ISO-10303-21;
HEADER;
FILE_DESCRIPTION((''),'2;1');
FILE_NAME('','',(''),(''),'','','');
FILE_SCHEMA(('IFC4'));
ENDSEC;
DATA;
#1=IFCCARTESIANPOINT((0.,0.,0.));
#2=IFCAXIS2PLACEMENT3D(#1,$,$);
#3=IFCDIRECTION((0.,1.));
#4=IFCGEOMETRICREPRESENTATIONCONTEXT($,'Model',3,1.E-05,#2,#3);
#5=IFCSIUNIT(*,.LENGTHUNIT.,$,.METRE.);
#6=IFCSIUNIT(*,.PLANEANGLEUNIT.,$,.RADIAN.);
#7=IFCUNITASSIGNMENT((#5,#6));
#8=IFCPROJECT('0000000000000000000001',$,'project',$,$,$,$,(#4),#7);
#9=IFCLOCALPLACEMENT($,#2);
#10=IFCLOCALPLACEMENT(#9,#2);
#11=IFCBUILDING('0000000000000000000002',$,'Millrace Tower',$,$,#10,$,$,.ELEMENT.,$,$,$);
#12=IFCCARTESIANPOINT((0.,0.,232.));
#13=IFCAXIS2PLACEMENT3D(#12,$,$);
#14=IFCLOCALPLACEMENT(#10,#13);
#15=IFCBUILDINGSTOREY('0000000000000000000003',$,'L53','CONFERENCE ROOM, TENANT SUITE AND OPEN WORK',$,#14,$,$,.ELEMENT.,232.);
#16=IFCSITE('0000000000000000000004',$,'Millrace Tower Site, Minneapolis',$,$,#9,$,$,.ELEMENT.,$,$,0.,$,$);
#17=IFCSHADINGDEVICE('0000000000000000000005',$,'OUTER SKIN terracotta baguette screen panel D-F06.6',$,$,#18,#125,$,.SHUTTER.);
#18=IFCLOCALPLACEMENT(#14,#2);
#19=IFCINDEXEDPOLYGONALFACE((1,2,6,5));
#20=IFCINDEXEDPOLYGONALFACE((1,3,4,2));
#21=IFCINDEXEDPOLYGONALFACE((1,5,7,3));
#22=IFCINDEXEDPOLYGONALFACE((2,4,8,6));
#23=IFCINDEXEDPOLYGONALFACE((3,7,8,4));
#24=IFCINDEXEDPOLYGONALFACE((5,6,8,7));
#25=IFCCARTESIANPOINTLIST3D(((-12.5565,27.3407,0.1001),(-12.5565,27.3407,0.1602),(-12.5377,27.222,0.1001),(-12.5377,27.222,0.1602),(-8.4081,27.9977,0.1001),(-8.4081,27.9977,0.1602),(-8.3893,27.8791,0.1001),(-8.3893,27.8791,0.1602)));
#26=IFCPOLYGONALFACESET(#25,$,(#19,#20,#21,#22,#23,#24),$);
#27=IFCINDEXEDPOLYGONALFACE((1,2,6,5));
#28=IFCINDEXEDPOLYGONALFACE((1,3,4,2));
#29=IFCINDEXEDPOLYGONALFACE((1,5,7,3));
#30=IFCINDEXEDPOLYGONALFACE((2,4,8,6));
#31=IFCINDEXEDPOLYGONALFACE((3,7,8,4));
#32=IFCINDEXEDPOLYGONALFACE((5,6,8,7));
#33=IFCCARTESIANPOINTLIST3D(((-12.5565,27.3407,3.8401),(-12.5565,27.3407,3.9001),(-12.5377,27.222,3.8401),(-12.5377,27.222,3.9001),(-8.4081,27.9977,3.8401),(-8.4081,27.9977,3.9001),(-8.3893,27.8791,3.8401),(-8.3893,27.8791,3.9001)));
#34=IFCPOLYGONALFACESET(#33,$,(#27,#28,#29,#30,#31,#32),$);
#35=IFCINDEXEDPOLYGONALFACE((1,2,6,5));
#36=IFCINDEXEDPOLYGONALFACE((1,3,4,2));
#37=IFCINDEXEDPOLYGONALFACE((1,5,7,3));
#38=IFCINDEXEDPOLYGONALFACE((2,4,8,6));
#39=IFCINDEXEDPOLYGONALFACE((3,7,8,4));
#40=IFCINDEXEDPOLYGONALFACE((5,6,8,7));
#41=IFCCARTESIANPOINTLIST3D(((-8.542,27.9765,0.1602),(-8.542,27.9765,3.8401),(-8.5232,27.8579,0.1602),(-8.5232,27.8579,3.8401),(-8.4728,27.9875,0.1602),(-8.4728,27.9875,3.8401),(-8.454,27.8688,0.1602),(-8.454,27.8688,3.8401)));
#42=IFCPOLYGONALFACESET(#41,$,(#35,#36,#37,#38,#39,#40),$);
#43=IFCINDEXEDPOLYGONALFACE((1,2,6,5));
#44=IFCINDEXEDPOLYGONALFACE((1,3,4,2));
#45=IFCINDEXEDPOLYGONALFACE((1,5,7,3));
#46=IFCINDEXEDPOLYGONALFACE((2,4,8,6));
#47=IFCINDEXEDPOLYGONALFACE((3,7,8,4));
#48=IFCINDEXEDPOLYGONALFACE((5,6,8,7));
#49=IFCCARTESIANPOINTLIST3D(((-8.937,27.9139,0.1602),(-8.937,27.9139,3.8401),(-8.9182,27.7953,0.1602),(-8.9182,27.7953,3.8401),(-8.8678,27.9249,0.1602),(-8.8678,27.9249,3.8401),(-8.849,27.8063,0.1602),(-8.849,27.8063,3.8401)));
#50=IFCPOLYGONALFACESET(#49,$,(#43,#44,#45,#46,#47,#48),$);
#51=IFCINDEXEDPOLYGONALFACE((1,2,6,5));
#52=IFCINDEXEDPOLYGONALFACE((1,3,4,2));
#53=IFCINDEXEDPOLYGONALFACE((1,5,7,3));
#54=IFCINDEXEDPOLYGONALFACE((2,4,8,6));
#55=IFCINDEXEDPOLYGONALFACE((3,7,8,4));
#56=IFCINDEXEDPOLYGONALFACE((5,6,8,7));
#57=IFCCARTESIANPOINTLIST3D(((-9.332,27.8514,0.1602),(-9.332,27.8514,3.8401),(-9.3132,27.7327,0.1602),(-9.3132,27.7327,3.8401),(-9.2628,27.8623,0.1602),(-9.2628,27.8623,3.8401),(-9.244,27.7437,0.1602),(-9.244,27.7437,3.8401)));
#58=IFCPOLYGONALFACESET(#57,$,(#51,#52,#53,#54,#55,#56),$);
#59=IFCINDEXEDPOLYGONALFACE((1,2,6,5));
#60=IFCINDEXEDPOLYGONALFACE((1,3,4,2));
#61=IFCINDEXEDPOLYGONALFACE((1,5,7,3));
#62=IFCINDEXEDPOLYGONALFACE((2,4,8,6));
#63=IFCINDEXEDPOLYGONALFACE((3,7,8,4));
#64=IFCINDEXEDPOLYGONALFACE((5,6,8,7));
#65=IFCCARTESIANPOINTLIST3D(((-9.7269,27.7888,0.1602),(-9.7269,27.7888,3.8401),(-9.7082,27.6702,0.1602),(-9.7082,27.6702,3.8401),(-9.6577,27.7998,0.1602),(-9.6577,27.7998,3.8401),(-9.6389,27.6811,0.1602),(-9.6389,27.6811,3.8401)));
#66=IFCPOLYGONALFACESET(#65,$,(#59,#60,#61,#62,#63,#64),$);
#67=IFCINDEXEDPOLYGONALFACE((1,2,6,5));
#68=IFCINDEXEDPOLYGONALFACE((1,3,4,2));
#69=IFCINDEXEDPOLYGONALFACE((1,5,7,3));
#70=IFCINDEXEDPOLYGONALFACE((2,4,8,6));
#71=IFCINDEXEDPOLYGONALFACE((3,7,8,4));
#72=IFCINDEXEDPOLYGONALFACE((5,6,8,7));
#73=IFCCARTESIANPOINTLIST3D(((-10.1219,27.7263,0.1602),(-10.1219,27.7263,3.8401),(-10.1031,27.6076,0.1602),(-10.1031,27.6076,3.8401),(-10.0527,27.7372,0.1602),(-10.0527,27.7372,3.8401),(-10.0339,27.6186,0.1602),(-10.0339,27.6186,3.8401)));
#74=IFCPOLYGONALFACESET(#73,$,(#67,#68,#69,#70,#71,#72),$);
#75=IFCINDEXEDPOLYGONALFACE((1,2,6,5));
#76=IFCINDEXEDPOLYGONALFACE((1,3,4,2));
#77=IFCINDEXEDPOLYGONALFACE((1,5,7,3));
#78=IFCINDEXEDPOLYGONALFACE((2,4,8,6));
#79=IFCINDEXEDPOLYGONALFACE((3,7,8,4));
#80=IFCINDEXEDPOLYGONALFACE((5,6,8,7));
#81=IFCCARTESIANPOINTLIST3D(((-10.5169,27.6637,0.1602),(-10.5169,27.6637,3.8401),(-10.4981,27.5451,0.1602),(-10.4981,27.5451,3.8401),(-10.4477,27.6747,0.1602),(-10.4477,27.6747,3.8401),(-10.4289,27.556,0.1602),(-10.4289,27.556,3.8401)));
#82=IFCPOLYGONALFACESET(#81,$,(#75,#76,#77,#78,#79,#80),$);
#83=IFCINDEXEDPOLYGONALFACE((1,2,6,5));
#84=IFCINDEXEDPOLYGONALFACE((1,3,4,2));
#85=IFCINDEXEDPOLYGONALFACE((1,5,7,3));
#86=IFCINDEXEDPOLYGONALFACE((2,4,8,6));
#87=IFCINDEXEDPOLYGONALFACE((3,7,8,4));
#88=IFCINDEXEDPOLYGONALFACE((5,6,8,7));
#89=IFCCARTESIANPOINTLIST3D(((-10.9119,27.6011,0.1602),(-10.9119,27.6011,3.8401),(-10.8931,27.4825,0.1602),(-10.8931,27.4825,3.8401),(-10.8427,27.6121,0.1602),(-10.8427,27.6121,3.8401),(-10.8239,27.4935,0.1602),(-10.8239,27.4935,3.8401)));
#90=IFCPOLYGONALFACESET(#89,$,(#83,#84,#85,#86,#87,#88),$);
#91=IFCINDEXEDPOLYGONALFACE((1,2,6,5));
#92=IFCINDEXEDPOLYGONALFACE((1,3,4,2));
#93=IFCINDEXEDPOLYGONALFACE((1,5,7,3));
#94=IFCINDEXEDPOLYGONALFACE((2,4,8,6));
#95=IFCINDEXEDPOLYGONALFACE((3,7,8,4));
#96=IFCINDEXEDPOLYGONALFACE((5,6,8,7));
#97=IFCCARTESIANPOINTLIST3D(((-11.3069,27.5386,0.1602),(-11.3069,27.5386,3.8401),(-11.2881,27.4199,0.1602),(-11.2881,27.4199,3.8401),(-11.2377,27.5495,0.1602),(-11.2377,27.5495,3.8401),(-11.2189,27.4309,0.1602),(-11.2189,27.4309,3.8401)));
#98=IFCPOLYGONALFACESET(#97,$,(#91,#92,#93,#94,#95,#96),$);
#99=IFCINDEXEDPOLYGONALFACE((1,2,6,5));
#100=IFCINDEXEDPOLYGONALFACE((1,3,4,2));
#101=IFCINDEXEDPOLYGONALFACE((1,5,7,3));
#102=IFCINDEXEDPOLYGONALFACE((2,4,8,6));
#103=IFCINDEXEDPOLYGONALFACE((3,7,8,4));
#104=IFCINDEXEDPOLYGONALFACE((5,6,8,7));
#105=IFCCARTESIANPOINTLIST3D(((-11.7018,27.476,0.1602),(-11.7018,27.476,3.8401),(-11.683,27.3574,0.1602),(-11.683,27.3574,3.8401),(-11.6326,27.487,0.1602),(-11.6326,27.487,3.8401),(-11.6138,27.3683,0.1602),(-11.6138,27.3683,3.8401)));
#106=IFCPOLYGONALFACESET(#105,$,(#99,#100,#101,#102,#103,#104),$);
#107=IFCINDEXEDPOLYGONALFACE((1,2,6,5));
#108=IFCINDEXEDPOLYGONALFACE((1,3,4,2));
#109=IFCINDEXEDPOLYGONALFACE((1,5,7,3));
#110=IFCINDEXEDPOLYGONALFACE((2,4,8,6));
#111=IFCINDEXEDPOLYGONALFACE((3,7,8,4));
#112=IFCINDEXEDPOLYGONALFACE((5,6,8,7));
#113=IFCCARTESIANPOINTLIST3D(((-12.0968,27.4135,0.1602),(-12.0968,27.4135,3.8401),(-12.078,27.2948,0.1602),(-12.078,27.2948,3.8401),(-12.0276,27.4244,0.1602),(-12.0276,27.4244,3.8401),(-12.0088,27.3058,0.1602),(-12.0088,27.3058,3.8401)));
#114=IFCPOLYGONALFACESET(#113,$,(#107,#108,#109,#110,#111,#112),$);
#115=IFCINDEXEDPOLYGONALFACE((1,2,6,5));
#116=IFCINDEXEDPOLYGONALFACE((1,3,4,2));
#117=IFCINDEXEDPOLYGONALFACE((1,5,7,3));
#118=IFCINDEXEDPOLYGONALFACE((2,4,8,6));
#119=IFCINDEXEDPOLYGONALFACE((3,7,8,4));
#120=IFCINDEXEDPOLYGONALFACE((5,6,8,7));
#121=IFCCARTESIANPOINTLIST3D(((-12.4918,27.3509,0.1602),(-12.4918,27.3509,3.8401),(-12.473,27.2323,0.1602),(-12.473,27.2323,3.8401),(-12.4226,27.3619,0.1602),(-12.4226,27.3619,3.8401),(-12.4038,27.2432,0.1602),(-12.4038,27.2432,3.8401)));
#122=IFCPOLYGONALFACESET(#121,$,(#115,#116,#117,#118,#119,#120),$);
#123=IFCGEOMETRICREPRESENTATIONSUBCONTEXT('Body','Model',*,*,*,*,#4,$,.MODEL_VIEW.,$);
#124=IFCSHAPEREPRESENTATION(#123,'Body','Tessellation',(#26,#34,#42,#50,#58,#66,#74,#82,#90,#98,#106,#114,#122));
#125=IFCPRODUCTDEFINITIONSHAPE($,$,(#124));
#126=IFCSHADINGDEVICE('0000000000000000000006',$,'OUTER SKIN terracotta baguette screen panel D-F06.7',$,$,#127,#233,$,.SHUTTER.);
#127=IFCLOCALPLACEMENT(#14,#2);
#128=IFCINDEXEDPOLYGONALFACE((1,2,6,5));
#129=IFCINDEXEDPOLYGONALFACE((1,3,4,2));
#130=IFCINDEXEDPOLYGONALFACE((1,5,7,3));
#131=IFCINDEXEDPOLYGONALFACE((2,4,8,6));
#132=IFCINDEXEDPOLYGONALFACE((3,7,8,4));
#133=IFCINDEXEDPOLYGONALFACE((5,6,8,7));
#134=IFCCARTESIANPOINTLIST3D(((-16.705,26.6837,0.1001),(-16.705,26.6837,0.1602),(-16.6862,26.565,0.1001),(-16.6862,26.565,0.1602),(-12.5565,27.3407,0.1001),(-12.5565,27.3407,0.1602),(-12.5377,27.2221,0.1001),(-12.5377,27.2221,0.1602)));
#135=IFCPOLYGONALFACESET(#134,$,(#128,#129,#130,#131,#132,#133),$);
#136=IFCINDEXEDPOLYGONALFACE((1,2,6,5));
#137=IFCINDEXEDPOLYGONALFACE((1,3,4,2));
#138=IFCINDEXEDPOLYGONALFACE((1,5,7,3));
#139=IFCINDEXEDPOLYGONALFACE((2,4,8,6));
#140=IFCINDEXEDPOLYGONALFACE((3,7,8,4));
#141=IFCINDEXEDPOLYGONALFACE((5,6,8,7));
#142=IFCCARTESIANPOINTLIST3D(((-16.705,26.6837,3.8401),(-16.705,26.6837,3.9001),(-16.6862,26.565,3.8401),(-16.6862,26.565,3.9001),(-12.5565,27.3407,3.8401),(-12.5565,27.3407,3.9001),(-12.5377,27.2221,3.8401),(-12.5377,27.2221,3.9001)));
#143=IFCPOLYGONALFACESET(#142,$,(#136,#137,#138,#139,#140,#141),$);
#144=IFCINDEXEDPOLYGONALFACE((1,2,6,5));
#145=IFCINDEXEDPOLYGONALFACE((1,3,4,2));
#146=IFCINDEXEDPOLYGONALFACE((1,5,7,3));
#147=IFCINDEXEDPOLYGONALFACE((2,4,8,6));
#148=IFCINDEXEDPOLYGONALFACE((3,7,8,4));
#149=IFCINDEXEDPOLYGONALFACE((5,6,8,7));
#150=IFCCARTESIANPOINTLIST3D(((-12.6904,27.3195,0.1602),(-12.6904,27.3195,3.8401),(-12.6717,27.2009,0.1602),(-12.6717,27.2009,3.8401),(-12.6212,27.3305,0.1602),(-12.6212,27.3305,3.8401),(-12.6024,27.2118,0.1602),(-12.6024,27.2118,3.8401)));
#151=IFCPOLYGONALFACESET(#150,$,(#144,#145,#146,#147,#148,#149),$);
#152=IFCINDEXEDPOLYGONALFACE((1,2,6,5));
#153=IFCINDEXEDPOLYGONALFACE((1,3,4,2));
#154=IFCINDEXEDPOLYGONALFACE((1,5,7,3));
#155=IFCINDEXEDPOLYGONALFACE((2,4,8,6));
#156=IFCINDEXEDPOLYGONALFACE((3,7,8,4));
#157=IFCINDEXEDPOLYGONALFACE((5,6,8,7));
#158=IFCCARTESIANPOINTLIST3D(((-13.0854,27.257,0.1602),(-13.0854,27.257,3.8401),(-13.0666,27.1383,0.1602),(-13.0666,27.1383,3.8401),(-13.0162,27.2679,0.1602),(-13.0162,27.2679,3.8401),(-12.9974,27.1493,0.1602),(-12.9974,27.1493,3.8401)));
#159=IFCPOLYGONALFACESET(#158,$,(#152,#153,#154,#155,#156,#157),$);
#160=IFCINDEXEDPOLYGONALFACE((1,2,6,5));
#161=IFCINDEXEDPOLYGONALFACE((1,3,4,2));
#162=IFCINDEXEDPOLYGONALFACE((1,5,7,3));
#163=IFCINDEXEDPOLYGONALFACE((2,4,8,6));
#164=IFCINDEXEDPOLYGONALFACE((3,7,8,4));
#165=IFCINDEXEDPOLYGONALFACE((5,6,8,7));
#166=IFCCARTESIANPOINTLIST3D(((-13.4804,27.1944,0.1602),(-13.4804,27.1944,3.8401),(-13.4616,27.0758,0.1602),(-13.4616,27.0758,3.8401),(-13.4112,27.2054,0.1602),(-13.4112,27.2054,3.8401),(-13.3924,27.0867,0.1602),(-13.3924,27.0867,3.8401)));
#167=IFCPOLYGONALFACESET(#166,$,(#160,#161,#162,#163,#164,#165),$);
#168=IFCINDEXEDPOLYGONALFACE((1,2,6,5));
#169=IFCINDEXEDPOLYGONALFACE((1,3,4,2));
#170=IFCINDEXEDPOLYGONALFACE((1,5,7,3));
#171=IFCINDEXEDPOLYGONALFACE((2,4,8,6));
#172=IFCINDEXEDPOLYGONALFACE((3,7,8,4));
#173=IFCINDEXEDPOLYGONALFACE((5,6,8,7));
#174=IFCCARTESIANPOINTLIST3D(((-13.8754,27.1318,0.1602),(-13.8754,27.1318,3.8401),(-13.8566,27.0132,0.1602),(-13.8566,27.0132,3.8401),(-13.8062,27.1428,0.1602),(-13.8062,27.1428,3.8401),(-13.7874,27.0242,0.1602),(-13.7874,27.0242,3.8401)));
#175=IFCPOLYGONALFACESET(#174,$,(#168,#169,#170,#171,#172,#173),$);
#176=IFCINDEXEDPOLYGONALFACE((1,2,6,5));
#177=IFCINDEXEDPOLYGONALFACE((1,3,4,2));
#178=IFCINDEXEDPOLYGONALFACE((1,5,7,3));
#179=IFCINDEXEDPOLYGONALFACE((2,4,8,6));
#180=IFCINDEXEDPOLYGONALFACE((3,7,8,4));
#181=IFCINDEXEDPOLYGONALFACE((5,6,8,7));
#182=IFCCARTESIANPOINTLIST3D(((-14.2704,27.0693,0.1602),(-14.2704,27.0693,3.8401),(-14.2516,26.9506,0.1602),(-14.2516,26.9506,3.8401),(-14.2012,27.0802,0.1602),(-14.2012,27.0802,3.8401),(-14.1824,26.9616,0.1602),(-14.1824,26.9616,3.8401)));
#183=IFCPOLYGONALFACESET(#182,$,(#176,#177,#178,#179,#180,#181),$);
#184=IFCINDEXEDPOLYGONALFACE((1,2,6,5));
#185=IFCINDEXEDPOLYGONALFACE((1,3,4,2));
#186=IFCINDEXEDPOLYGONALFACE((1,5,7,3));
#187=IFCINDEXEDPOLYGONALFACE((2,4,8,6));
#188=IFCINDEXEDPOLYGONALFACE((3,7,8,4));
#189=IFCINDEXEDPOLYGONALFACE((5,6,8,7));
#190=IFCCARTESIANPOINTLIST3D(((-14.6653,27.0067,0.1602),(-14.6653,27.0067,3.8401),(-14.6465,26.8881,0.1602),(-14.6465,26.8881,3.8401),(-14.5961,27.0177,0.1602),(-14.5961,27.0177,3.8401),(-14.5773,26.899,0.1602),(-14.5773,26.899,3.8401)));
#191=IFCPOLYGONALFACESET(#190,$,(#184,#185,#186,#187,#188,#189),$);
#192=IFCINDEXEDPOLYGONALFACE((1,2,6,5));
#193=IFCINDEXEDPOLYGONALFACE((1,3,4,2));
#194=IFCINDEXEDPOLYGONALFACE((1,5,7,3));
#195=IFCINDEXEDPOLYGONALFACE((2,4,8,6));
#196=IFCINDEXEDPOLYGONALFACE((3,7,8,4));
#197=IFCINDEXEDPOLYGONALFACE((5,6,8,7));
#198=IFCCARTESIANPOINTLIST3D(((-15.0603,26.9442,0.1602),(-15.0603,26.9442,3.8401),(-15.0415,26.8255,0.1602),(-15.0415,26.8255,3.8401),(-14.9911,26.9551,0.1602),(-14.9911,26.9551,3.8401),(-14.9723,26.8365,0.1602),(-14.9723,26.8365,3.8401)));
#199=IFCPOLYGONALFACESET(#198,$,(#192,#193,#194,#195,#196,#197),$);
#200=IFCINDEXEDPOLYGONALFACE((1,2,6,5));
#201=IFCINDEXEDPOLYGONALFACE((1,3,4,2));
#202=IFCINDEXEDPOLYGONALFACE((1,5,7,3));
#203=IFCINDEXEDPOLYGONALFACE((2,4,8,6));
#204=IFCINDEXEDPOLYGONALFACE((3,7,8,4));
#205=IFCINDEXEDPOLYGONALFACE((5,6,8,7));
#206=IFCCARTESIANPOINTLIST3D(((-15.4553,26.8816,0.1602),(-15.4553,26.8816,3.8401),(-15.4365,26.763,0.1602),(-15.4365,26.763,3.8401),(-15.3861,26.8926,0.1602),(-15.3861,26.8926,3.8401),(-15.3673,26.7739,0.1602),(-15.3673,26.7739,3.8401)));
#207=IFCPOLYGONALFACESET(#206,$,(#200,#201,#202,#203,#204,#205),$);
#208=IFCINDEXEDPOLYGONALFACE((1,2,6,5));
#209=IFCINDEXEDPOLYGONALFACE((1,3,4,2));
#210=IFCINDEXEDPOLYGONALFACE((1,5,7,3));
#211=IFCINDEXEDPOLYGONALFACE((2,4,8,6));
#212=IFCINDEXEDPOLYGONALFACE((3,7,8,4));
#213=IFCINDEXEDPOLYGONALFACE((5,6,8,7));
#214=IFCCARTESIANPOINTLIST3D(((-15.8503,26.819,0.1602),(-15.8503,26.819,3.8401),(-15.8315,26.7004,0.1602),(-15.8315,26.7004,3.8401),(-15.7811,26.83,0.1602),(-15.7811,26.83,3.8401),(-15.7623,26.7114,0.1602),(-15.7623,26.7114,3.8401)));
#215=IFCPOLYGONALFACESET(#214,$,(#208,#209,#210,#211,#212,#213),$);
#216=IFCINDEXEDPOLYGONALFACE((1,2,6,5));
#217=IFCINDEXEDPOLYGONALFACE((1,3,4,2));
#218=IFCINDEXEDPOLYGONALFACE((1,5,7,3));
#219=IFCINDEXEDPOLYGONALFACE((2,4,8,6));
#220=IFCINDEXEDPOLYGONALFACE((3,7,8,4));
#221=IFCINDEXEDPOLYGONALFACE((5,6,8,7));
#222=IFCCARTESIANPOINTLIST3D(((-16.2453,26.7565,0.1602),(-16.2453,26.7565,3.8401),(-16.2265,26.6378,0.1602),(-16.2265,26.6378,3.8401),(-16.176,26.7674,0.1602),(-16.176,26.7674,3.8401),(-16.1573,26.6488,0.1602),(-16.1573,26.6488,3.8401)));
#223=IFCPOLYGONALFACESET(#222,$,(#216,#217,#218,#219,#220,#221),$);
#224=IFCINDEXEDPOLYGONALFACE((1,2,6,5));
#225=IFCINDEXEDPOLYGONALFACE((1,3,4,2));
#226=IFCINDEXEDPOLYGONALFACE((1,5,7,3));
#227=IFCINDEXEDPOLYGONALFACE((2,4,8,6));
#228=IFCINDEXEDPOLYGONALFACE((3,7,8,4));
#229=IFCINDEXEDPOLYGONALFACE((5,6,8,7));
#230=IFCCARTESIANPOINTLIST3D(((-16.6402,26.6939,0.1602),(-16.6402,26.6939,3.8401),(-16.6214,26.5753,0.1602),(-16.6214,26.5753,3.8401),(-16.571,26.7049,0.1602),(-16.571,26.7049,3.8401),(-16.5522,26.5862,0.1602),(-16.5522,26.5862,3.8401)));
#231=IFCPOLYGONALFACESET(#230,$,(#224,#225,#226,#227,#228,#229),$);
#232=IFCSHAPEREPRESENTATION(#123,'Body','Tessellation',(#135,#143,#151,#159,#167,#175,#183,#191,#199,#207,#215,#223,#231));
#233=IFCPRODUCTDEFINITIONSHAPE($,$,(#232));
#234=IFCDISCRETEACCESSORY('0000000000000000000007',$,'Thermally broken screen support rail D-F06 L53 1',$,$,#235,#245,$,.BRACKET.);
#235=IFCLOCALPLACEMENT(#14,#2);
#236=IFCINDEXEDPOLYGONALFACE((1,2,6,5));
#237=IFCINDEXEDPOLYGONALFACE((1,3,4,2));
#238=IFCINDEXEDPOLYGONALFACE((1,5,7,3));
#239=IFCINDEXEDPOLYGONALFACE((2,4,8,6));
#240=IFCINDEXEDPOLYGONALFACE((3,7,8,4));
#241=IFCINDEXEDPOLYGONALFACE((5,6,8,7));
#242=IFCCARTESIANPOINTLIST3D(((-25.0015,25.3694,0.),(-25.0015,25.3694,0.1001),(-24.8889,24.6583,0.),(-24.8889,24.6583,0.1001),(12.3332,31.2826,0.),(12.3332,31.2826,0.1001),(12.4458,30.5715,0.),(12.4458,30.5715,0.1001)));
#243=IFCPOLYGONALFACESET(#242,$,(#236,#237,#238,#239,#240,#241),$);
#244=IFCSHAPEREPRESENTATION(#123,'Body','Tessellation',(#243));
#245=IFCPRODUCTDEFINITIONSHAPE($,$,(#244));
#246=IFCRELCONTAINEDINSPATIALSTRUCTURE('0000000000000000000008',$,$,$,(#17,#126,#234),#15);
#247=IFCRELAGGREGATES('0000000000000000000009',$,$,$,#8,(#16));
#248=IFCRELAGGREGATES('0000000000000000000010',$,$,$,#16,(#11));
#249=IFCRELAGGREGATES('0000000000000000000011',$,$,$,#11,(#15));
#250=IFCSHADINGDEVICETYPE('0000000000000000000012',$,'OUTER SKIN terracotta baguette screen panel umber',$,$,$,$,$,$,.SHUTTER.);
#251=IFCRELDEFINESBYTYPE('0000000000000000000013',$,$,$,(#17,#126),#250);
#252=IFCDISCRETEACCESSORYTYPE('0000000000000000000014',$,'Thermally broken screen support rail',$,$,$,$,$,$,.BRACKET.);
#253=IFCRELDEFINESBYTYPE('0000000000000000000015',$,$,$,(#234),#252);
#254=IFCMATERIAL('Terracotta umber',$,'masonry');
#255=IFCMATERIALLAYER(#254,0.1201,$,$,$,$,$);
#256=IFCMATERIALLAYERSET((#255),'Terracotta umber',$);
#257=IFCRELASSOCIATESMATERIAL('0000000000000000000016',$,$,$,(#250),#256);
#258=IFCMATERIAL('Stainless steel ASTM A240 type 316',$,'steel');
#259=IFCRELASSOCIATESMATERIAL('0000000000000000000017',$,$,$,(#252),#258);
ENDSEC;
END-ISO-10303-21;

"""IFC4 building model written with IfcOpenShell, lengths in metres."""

from ifc_helpers import new_model, entity, si_unit, direction, frame, frame_2d, origin, origin_2d, place, context, subcontext, project, spatial, rectangle, extrude, source, transform, mapped, material, layer, layer_set, type_object, element, save


model = new_model("IFC4")

# Units and contexts
model_context = context("Model", 3, precision=1e-05, world=origin(), true_north=direction((0.0, 1.0)))
body_context = subcontext(model_context, "Body", "Model", "MODEL_VIEW")
ifc_project = project(units=[si_unit("LENGTHUNIT", "METRE"), si_unit("PLANEANGLEUNIT", "RADIAN")], contexts=[model_context])

# Site, building, storey
site_placement = place(None, origin())
site = spatial("IfcSite", under=ifc_project, at=site_placement, Name="Millrace Tower Site, Minneapolis", CompositionType="ELEMENT", RefElevation=0.0)
building_placement = place(site_placement, origin())
building = spatial("IfcBuilding", under=site, at=building_placement, Name="Millrace Tower", CompositionType="ELEMENT")
storey_placement = place(building_placement, frame((0.0, 0.0, 232.0)))
storey = spatial("IfcBuildingStorey", under=building, at=storey_placement, Name="L53", Description="CONFERENCE ROOM, TENANT SUITE AND OPEN WORK", CompositionType="ELEMENT", Elevation=232.0)

# Shading devices
ifc_material_1 = material(Name="Terracotta umber", Category="masonry")
ifc_layer_1 = layer(ifc_material_1, 0.1201)
ifc_layer_set_1 = layer_set([ifc_layer_1], Name="Terracotta umber")
shading_device_type = type_object("IfcShadingDeviceType", Name="OUTER SKIN terracotta baguette screen panel umber", PredefinedType="SHUTTER", material=ifc_layer_set_1)
cartesian_point = entity("IfcCartesianPoint", [-2.1001, 0.0601])
shared_polyline = entity("IfcPolyline", [cartesian_point, entity("IfcCartesianPoint", [2.1001, 0.0601]), entity("IfcCartesianPoint", [2.1001, -0.0601]), entity("IfcCartesianPoint", [-2.1001, -0.0601]), cartesian_point])
shared_shape = source(origin(), body_context, "Body", "SweptSolid", [
    entity("IfcExtrudedAreaSolid", entity("IfcArbitraryClosedProfileDef", "AREA", None, shared_polyline), entity("IfcAxis2Placement3D", entity("IfcCartesianPoint", [0.0, 0.0, 0.0])), entity("IfcDirection", [0.0, 0.0, 1.0]), 0.0601),
    entity("IfcExtrudedAreaSolid", entity("IfcArbitraryClosedProfileDef", "AREA", None, shared_polyline), entity("IfcAxis2Placement3D", entity("IfcCartesianPoint", [0.0, 0.0, 3.74])), entity("IfcDirection", [0.0, 0.0, 1.0]), 0.0601),
    extrude(rectangle(XDim=0.0701, YDim=0.1201, at=frame_2d((-1.9995, 0.0))), frame((0.0, 0.0, 0.0601)), (0.0, 0.0, 1.0), 3.6799),
    extrude(rectangle(XDim=0.0701, YDim=0.1201, at=frame_2d((-1.5996, 0.0))), frame((0.0, 0.0, 0.0601)), (0.0, 0.0, 1.0), 3.6799),
    extrude(rectangle(XDim=0.0701, YDim=0.1201, at=frame_2d((-1.1997, 0.0))), frame((0.0, 0.0, 0.0601)), (0.0, 0.0, 1.0), 3.6799),
    extrude(rectangle(XDim=0.0701, YDim=0.1201, at=frame_2d((-0.7998, 0.0))), frame((0.0, 0.0, 0.0601)), (0.0, 0.0, 1.0), 3.6799),
    extrude(rectangle(XDim=0.0701, YDim=0.1201, at=frame_2d((-0.3999, 0.0))), frame((0.0, 0.0, 0.0601)), (0.0, 0.0, 1.0), 3.6799),
    extrude(rectangle(XDim=0.0701, YDim=0.1201, at=origin_2d()), frame((0.0, 0.0, 0.0601)), (0.0, 0.0, 1.0), 3.6799),
    extrude(rectangle(XDim=0.0701, YDim=0.1201, at=frame_2d((0.3999, 0.0))), frame((0.0, 0.0, 0.0601)), (0.0, 0.0, 1.0), 3.6799),
    extrude(rectangle(XDim=0.0701, YDim=0.1201, at=frame_2d((0.7998, 0.0))), frame((0.0, 0.0, 0.0601)), (0.0, 0.0, 1.0), 3.6799),
    extrude(rectangle(XDim=0.0701, YDim=0.1201, at=frame_2d((1.1997, 0.0))), frame((0.0, 0.0, 0.0601)), (0.0, 0.0, 1.0), 3.6799),
    extrude(rectangle(XDim=0.0701, YDim=0.1201, at=frame_2d((1.5996, 0.0))), frame((0.0, 0.0, 0.0601)), (0.0, 0.0, 1.0), 3.6799),
    extrude(rectangle(XDim=0.0701, YDim=0.1201, at=frame_2d((1.9995, 0.0))), frame((0.0, 0.0, 0.0601)), (0.0, 0.0, 1.0), 3.6799),
])
for number, where, z_axis, x_axis, name in (
    (1, (-10.4729, 27.6099, 0.1001), (0.0, 0.0, 1.0), (-0.987688, -0.156434, 0.0), "OUTER SKIN terracotta baguette screen panel D-F06.6"),
    (2, (-14.6213, 26.9529, 0.1001), (0.0, 0.0, 1.0), (-0.987688, -0.156434, 0.0), "OUTER SKIN terracotta baguette screen panel D-F06.7"),
):
    element("IfcShadingDevice", number, at=place(storey_placement, frame(where, z_axis=z_axis, x_axis=x_axis)), inside=storey, type_object=shading_device_type, Name=name, PredefinedType="SHUTTER", context=body_context, shape_type="MappedRepresentation", body=[
        mapped(shared_shape, transform((0.0, 0.0, 0.0), scale=1.0)),
    ])

# Discrete accessory
ifc_material_2 = material(Name="Stainless steel ASTM A240 type 316", Category="steel")
discrete_accessory_type = type_object("IfcDiscreteAccessoryType", Name="Thermally broken screen support rail", PredefinedType="BRACKET", material=ifc_material_2)
discrete_accessory_placement = place(storey_placement, frame((-6.2778, 27.9705, 0.0), z_axis=(0.0, 0.0, 1.0), x_axis=(-0.987688, -0.156434, 0.0)))
element("IfcDiscreteAccessory", 3, at=discrete_accessory_placement, inside=storey, type_object=discrete_accessory_type, Name="Thermally broken screen support rail D-F06 L53 1", PredefinedType="BRACKET", context=body_context, shape_type="SweptSolid", body=[
    extrude(rectangle(XDim=37.8, YDim=0.72, at=origin_2d()), origin(), (0.0, 0.0, 1.0), 0.1001),
])

save(model, "model.ifc")
